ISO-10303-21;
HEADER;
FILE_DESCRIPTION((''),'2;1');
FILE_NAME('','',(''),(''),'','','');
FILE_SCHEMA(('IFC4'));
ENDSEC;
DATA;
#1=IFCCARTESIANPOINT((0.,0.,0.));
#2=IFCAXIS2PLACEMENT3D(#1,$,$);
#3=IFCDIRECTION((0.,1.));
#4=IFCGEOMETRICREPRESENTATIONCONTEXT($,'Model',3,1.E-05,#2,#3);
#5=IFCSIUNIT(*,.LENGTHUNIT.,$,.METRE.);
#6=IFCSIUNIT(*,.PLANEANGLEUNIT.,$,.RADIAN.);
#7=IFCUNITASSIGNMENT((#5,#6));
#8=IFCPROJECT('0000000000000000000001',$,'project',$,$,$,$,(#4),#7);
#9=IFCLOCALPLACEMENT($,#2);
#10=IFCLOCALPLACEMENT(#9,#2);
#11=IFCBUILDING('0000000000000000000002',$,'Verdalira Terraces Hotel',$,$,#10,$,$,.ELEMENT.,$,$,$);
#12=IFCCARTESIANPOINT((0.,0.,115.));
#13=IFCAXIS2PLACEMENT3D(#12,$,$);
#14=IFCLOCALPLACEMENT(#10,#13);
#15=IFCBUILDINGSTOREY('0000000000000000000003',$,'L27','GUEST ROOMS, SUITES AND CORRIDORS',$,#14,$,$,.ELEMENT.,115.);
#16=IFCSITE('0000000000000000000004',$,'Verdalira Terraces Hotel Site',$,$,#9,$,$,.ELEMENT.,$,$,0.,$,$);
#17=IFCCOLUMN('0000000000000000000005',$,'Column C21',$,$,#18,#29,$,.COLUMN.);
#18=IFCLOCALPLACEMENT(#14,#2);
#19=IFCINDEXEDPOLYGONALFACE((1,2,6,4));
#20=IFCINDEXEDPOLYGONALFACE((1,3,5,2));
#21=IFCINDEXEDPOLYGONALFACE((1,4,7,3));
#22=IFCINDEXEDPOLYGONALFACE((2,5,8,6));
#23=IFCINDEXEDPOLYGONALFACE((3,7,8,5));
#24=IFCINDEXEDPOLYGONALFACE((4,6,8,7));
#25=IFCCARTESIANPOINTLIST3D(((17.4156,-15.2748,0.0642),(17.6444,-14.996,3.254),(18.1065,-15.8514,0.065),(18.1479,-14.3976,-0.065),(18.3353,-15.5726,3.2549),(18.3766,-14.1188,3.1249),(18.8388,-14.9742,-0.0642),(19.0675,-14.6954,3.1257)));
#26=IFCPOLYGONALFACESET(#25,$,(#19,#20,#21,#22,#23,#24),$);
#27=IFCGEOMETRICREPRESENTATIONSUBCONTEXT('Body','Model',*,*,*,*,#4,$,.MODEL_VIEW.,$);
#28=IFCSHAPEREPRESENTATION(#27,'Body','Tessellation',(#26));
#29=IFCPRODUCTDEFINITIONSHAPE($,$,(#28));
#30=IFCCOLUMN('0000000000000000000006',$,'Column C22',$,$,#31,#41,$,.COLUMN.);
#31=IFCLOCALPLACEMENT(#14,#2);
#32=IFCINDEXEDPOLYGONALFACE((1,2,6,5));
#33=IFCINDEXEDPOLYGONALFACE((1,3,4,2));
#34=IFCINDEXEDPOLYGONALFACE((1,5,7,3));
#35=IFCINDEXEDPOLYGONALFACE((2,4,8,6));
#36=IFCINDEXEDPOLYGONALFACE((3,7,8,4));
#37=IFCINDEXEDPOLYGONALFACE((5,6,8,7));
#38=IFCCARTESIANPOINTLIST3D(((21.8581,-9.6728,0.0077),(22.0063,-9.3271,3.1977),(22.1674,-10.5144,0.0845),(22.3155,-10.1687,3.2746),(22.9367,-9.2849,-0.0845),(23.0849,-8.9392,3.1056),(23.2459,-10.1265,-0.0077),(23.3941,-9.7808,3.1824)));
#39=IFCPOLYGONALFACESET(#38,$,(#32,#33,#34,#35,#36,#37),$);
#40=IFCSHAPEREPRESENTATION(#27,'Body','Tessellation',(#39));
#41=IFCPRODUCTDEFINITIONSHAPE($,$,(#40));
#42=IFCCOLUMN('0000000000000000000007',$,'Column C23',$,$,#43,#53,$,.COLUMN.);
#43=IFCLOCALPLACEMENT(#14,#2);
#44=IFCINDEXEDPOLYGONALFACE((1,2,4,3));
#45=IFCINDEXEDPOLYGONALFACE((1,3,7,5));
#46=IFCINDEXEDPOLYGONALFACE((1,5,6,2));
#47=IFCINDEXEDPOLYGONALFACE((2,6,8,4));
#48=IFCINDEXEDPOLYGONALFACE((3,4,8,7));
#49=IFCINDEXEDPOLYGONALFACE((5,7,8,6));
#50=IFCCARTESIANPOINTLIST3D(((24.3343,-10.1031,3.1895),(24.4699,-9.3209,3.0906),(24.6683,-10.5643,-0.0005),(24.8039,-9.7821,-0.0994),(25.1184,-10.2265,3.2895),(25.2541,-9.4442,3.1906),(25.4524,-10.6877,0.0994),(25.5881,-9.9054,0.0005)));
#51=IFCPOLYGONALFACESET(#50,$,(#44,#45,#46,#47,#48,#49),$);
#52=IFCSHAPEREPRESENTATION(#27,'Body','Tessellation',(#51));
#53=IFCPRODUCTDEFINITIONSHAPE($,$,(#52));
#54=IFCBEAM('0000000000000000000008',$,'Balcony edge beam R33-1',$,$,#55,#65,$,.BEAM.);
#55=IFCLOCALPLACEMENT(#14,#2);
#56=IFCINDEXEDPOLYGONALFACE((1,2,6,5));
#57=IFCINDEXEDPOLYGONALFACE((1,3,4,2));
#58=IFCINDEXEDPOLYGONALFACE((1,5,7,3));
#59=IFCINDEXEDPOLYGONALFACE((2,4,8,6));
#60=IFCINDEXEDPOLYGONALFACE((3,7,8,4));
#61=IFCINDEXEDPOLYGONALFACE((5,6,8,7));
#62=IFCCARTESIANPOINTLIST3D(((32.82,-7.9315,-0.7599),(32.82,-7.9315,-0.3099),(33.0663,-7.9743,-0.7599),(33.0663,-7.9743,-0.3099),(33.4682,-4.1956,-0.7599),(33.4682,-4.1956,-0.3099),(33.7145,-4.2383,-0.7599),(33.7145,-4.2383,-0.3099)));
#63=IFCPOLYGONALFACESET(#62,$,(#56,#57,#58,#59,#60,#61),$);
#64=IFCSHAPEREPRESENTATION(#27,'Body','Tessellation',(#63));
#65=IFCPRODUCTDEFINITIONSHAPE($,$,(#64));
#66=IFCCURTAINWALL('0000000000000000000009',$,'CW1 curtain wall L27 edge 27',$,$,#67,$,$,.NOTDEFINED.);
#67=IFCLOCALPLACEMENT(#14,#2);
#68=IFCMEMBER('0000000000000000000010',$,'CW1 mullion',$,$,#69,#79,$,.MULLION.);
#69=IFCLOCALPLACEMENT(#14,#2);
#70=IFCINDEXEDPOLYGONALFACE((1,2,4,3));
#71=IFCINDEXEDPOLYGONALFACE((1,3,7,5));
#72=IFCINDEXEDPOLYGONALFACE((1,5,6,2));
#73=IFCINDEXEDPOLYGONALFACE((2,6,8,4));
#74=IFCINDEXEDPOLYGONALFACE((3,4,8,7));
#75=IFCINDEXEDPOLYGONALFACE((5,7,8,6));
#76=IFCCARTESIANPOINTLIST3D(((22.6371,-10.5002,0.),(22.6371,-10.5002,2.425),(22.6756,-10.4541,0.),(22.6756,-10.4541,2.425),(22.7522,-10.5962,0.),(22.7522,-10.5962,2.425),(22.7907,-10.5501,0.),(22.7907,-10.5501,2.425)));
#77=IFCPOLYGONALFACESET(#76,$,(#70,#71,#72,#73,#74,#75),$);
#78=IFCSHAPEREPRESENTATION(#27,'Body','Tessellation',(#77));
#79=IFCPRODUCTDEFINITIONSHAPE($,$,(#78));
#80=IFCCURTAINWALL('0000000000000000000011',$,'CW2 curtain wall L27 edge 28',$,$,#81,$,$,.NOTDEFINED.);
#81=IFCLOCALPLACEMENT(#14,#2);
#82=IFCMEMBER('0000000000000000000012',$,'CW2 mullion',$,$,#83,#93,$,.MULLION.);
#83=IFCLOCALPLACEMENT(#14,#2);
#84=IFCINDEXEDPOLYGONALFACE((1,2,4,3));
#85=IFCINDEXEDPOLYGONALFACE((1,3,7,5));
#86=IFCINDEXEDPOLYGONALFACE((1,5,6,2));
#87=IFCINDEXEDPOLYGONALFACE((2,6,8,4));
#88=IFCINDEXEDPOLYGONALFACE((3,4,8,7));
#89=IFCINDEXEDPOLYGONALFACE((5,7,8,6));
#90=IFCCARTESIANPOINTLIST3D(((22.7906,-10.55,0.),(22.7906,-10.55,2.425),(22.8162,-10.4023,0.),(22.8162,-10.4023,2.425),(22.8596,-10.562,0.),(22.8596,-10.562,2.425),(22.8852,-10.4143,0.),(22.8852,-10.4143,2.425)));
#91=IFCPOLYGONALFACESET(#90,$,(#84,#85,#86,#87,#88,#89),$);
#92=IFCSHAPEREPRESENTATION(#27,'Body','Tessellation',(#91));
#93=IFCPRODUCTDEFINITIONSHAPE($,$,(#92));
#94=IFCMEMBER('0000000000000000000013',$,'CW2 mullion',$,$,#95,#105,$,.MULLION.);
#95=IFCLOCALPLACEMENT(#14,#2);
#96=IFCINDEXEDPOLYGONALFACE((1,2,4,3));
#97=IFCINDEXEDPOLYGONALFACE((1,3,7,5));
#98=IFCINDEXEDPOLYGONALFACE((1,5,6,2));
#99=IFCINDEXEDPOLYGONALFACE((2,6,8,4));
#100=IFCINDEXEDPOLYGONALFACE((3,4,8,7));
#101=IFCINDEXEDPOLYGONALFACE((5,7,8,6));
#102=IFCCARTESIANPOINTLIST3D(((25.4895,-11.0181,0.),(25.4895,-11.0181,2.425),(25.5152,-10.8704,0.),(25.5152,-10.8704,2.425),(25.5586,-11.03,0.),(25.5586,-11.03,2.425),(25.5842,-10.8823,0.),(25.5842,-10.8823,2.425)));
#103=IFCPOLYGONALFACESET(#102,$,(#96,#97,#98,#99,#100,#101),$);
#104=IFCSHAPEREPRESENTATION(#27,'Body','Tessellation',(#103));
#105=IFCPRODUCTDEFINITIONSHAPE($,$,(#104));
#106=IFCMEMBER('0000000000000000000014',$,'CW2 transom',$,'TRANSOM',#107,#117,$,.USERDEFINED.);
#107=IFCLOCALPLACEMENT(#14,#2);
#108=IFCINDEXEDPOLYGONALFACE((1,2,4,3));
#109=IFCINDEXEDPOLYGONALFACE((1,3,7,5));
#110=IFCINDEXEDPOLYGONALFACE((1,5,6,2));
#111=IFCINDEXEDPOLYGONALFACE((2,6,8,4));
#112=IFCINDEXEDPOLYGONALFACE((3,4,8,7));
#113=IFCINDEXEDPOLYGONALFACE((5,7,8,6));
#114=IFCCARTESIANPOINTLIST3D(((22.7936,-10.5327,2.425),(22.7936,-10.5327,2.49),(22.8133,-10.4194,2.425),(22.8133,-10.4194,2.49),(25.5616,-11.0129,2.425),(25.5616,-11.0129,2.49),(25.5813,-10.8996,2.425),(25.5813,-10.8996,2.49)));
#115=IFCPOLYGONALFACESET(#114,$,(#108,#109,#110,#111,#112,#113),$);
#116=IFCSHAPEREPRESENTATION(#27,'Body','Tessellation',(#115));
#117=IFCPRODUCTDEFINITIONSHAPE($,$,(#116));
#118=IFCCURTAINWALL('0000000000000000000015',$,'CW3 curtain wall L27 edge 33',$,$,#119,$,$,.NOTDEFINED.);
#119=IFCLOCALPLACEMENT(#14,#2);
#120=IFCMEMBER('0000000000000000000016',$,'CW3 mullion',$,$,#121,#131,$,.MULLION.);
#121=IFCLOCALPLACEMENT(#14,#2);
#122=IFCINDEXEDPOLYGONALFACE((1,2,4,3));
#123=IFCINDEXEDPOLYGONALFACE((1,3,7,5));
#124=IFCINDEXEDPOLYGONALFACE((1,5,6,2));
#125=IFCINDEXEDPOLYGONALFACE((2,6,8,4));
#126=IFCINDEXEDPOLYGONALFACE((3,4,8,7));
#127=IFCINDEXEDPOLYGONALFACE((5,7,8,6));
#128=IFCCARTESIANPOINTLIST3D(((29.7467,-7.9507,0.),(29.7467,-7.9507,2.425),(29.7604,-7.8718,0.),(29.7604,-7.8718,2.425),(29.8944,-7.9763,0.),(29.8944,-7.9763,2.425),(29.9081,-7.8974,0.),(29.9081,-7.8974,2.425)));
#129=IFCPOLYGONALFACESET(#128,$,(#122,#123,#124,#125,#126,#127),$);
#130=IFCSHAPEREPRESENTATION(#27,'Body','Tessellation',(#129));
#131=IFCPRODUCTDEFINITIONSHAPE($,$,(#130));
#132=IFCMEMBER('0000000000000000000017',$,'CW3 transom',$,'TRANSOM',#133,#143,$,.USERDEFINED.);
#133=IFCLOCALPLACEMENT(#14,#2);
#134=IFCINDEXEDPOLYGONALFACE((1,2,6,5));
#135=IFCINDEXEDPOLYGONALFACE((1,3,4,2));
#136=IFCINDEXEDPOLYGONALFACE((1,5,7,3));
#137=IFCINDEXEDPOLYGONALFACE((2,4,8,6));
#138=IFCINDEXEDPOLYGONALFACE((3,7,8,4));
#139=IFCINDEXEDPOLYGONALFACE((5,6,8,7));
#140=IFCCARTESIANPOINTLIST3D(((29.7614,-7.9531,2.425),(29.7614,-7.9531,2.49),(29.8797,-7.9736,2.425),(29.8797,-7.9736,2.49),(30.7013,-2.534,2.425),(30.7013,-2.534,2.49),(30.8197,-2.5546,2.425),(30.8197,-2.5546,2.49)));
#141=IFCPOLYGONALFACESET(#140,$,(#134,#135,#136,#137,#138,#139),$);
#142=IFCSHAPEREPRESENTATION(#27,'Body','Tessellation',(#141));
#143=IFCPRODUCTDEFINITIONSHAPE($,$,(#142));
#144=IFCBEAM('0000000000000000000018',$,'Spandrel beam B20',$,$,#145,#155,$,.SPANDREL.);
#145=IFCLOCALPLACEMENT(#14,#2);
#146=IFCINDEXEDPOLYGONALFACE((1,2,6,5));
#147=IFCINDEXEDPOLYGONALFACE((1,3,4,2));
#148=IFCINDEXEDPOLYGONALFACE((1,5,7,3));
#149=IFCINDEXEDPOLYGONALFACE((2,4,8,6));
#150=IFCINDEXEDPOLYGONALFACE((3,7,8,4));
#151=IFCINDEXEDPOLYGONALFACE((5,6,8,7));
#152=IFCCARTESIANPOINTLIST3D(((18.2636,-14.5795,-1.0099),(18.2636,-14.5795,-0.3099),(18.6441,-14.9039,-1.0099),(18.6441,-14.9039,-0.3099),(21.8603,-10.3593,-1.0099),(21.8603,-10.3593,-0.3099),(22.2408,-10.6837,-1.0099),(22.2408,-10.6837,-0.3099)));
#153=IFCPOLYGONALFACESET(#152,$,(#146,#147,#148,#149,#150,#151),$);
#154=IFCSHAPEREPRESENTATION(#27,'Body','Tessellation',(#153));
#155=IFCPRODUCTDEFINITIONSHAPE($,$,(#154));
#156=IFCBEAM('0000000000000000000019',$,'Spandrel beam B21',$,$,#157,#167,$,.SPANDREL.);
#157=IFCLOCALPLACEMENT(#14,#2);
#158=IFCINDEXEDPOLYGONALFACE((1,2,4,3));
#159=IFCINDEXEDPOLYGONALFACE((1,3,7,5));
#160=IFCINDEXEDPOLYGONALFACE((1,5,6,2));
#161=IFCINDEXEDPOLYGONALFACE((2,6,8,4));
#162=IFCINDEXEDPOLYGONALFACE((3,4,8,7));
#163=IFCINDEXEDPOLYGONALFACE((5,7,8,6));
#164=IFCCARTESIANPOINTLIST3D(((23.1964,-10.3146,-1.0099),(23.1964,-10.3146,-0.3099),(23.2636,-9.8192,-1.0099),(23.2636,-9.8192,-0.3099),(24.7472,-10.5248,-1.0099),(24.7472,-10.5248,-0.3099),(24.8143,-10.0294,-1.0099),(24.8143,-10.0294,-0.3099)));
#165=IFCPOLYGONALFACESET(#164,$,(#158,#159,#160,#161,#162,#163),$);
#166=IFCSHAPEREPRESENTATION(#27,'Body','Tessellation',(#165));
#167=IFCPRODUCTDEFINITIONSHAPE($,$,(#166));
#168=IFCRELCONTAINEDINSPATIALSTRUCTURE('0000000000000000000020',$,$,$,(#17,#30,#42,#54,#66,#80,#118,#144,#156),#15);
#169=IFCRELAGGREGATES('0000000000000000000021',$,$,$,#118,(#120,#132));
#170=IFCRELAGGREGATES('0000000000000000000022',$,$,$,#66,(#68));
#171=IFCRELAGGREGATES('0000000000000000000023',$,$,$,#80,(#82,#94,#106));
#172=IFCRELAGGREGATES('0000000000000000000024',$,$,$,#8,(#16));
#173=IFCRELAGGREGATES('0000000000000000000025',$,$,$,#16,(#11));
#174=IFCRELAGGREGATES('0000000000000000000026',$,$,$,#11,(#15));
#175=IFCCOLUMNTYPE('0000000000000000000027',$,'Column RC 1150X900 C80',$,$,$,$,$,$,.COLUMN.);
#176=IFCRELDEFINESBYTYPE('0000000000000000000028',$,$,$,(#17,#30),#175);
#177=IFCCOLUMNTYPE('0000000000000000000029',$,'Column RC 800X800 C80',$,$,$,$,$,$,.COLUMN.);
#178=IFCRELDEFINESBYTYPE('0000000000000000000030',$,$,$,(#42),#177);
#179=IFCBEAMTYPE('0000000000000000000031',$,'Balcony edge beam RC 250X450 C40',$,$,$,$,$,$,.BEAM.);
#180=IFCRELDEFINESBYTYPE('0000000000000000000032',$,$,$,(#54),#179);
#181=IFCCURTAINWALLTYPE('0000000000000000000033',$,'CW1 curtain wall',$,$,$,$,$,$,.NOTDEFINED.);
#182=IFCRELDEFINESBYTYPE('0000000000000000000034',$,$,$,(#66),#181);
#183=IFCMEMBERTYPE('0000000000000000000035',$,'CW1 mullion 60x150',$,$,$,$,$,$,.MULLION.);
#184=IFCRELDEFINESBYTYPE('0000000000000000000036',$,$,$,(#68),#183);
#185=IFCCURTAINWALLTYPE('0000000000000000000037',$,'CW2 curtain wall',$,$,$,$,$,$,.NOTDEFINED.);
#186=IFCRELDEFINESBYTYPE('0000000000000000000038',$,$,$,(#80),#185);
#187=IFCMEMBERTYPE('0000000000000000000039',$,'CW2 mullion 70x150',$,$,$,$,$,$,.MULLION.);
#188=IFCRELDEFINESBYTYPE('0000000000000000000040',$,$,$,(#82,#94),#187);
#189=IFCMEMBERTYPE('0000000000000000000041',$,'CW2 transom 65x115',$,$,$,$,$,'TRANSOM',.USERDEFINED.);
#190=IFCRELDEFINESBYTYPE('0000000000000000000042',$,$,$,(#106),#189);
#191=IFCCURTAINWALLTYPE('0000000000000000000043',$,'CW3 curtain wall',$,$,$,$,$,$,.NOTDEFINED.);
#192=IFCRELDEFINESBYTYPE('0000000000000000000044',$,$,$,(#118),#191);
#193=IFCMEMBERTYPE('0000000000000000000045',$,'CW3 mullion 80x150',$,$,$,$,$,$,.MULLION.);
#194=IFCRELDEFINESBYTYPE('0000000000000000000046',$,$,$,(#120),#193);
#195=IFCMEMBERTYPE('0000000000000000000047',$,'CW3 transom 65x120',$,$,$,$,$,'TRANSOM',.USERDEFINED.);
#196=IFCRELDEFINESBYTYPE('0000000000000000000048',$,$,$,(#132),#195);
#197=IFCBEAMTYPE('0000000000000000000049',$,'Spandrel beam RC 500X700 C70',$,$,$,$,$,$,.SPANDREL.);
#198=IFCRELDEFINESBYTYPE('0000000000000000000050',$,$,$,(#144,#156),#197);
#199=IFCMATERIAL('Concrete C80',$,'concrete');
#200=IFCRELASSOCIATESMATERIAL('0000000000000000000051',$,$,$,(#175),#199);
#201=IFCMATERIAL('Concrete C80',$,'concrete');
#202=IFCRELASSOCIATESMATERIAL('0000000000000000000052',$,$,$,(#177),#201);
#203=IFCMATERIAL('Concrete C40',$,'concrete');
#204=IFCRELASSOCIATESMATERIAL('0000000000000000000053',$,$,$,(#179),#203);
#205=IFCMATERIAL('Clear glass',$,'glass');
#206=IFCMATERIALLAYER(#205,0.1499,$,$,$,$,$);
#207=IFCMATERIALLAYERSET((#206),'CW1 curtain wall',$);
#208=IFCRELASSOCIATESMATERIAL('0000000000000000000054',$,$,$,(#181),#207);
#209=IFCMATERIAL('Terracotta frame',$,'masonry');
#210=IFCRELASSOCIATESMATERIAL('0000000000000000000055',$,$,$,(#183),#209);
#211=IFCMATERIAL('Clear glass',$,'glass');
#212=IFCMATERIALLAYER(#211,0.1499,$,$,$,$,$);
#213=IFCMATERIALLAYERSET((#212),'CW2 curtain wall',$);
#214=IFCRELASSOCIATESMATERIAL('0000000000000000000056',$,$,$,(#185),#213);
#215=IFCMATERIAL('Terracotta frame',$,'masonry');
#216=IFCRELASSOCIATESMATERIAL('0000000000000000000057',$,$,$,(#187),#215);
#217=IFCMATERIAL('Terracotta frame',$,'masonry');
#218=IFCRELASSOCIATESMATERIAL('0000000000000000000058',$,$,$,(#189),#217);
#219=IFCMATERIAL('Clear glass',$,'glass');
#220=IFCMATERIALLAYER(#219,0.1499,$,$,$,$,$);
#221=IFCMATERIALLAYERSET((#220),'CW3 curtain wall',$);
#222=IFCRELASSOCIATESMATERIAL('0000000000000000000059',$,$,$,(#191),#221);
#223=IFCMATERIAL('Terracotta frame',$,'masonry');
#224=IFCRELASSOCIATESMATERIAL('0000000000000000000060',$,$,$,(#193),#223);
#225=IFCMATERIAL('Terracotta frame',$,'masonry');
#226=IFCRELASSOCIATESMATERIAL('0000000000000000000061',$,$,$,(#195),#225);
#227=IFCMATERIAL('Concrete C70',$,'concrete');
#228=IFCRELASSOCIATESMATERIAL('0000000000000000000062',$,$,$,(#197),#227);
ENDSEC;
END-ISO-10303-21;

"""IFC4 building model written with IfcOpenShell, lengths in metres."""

from ifc_helpers import new_model, si_unit, direction, frame, origin, origin_2d, place, context, subcontext, project, spatial, rectangle, extrude, material, layer, layer_set, material_profile, profile_set, type_object, element, aggregate, save


model = new_model("IFC4")

# Units and contexts
model_context = context("Model", 3, precision=1e-05, world=origin(), true_north=direction((0.0, 1.0)))
body_context = subcontext(model_context, "Body", "Model", "MODEL_VIEW")
ifc_project = project(units=[si_unit("LENGTHUNIT", "METRE"), si_unit("PLANEANGLEUNIT", "RADIAN")], contexts=[model_context])

# Site, building, storey
site_placement = place(None, origin())
site = spatial("IfcSite", under=ifc_project, at=site_placement, Name="Verdalira Terraces Hotel Site", CompositionType="ELEMENT", RefElevation=0.0)
building_placement = place(site_placement, origin())
building = spatial("IfcBuilding", under=site, at=building_placement, Name="Verdalira Terraces Hotel", CompositionType="ELEMENT")
storey_placement = place(building_placement, frame((0.0, 0.0, 115.0)))
storey = spatial("IfcBuildingStorey", under=building, at=storey_placement, Name="L27", Description="GUEST ROOMS, SUITES AND CORRIDORS", CompositionType="ELEMENT", Elevation=115.0)

# Columns
ifc_material_1 = material(Name="Concrete C80", Category="concrete")
ifc_material_profile_1 = material_profile(ifc_material_1, rectangle(XDim=1.1499, YDim=0.8999, at=origin_2d()), Name="RC 1150X900")
ifc_profile_set_1 = profile_set([ifc_material_profile_1], Name="Concrete C80")
column_type_1 = type_object("IfcColumnType", Name="Column RC 1150X900 C80", PredefinedType="COLUMN", material=ifc_profile_set_1)
column_1_placement = place(storey_placement, frame((18.1272, -15.1245, 0.0), z_axis=(0.071259, 0.086849, 0.99367), x_axis=(0.636787, 0.762813, -0.112337)))
element("IfcColumn", 1, at=column_1_placement, inside=storey, type_object=column_type_1, Name="Column C21", PredefinedType="COLUMN", context=body_context, shape_type="SweptSolid", body=[
    extrude(rectangle(XDim=1.1499, YDim=0.8999, at=origin_2d()), origin(), (0.0, 0.0, 1.0), 3.2102),
])
column_2_placement = place(storey_placement, frame((22.552, -9.8997, 0.0), z_axis=(0.046137, 0.107627, 0.99312), x_axis=(-0.93796, -0.337355, 0.080134)))
element("IfcColumn", 2, at=column_2_placement, inside=storey, type_object=column_type_1, Name="Column C22", PredefinedType="COLUMN", context=body_context, shape_type="SweptSolid", body=[
    extrude(rectangle(XDim=1.1499, YDim=0.8999, at=origin_2d()), origin(), (0.0, 0.0, 1.0), 3.2122),
])
ifc_material_2 = material(Name="Concrete C80", Category="concrete")
ifc_material_profile_2 = material_profile(ifc_material_2, rectangle(XDim=0.8, YDim=0.8, at=origin_2d()), Name="RC 800X800")
ifc_profile_set_2 = profile_set([ifc_material_profile_2], Name="Concrete C80")
column_type_2 = type_object("IfcColumnType", Name="Column RC 800X800 C80", PredefinedType="COLUMN", material=ifc_profile_set_2)
column_3_placement = place(storey_placement, frame((25.1282, -10.2349, 0.0), z_axis=(-0.10307, 0.142324, 0.984439), x_axis=(0.980113, -0.154192, 0.124909)))
element("IfcColumn", 3, at=column_3_placement, inside=storey, type_object=column_type_2, Name="Column C23", PredefinedType="COLUMN", context=body_context, shape_type="SweptSolid", body=[
    extrude(rectangle(XDim=0.8, YDim=0.8, at=origin_2d()), origin(), (0.0, 0.0, 1.0), 3.2405),
])

# Beam
ifc_material_3 = material(Name="Concrete C40", Category="concrete")
ifc_material_profile_3 = material_profile(ifc_material_3, rectangle(XDim=0.25, YDim=0.45, at=origin_2d()), Name="RC 250X450")
ifc_profile_set_3 = profile_set([ifc_material_profile_3], Name="Concrete C40")
beam_type_1 = type_object("IfcBeamType", Name="Balcony edge beam RC 250X450 C40", PredefinedType="BEAM", material=ifc_profile_set_3)
beam_1_placement = place(storey_placement, frame((32.9431, -7.9529, -0.5349), z_axis=(0.170953, 0.985279, 0.0), x_axis=(-0.985279, 0.170953, 0.0)))
element("IfcBeam", 4, at=beam_1_placement, inside=storey, type_object=beam_type_1, Name="Balcony edge beam R33-1", PredefinedType="BEAM", context=body_context, shape_type="SweptSolid", body=[
    extrude(rectangle(XDim=0.25, YDim=0.45, at=origin_2d()), origin(), (0.0, 0.0, 1.0), 3.7917),
])

# Curtain wall, member
ifc_material_4 = material(Name="Clear glass", Category="glass")
ifc_layer_1 = layer(ifc_material_4, 0.1499)
ifc_layer_set_1 = layer_set([ifc_layer_1], Name="CW1 curtain wall")
curtain_wall_type_1 = type_object("IfcCurtainWallType", Name="CW1 curtain wall", PredefinedType="NOTDEFINED", material=ifc_layer_set_1)
curtain_wall_1_placement = place(storey_placement, origin())
curtain_wall_1 = element("IfcCurtainWall", 5, at=curtain_wall_1_placement, inside=storey, type_object=curtain_wall_type_1, Name="CW1 curtain wall L27 edge 27", PredefinedType="NOTDEFINED")
ifc_material_5 = material(Name="Terracotta frame", Category="masonry")
ifc_material_profile_4 = material_profile(ifc_material_5, rectangle(XDim=0.0601, YDim=0.1499, at=origin_2d()), Name="MU 60x150")
ifc_profile_set_4 = profile_set([ifc_material_profile_4], Name="Terracotta frame")
member_type_1 = type_object("IfcMemberType", Name="CW1 mullion 60x150", PredefinedType="MULLION", material=ifc_profile_set_4)
member_1_placement = place(storey_placement, frame((22.7139, -10.5251, 0.0), z_axis=(0.0, 0.0, 1.0), x_axis=(0.640646, 0.767836, 0.0)))
member_1 = element("IfcMember", 6, at=member_1_placement, type_object=member_type_1, Name="CW1 mullion", PredefinedType="MULLION", context=body_context, shape_type="SweptSolid", body=[
    extrude(rectangle(XDim=0.0601, YDim=0.1499, at=origin_2d()), origin(), (0.0, 0.0, 1.0), 2.425),
])

# Curtain walls, members
ifc_material_6 = material(Name="Clear glass", Category="glass")
ifc_layer_2 = layer(ifc_material_6, 0.1499)
ifc_layer_set_2 = layer_set([ifc_layer_2], Name="CW2 curtain wall")
curtain_wall_type_2 = type_object("IfcCurtainWallType", Name="CW2 curtain wall", PredefinedType="NOTDEFINED", material=ifc_layer_set_2)
curtain_wall_2_placement = place(storey_placement, origin())
curtain_wall_2 = element("IfcCurtainWall", 7, at=curtain_wall_2_placement, inside=storey, type_object=curtain_wall_type_2, Name="CW2 curtain wall L27 edge 28", PredefinedType="NOTDEFINED")
ifc_material_7 = material(Name="Terracotta frame", Category="masonry")
ifc_material_profile_5 = material_profile(ifc_material_7, rectangle(XDim=0.0701, YDim=0.1499, at=origin_2d()), Name="MU 70x150")
ifc_profile_set_5 = profile_set([ifc_material_profile_5], Name="Terracotta frame")
member_type_2 = type_object("IfcMemberType", Name="CW2 mullion 70x150", PredefinedType="MULLION", material=ifc_profile_set_5)
member_2_placement = place(storey_placement, frame((22.8379, -10.4822, 0.0), z_axis=(0.0, 0.0, 1.0), x_axis=(0.985289, -0.170897, 0.0)))
member_2 = element("IfcMember", 8, at=member_2_placement, type_object=member_type_2, Name="CW2 mullion", PredefinedType="MULLION", context=body_context, shape_type="SweptSolid", body=[
    extrude(rectangle(XDim=0.0701, YDim=0.1499, at=origin_2d()), origin(), (0.0, 0.0, 1.0), 2.425),
])
member_3_placement = place(storey_placement, frame((25.5369, -10.9502, 0.0), z_axis=(0.0, 0.0, 1.0), x_axis=(0.985289, -0.170897, 0.0)))
member_3 = element("IfcMember", 9, at=member_3_placement, type_object=member_type_2, Name="CW2 mullion", PredefinedType="MULLION", context=body_context, shape_type="SweptSolid", body=[
    extrude(rectangle(XDim=0.0701, YDim=0.1499, at=origin_2d()), origin(), (0.0, 0.0, 1.0), 2.425),
])
ifc_material_8 = material(Name="Terracotta frame", Category="masonry")
ifc_material_profile_6 = material_profile(ifc_material_8, rectangle(XDim=0.115, YDim=0.0649, at=origin_2d()), Name="TR 65x115")
ifc_profile_set_6 = profile_set([ifc_material_profile_6], Name="Terracotta frame")
member_type_3 = type_object("IfcMemberType", Name="CW2 transom 65x115", ElementType="TRANSOM", PredefinedType="USERDEFINED", material=ifc_profile_set_6)
member_4_placement = place(storey_placement, frame((22.8035, -10.4761, 2.4575), z_axis=(0.985282, -0.170934, 0.0), x_axis=(0.170934, 0.985282, 0.0)))
member_4 = element("IfcMember", 10, at=member_4_placement, type_object=member_type_3, Name="CW2 transom", ObjectType="TRANSOM", PredefinedType="USERDEFINED", context=body_context, shape_type="SweptSolid", body=[
    extrude(rectangle(XDim=0.115, YDim=0.0649, at=origin_2d()), origin(), (0.0, 0.0, 1.0), 2.8093),
])
ifc_material_9 = material(Name="Clear glass", Category="glass")
ifc_layer_3 = layer(ifc_material_9, 0.1499)
ifc_layer_set_3 = layer_set([ifc_layer_3], Name="CW3 curtain wall")
curtain_wall_type_3 = type_object("IfcCurtainWallType", Name="CW3 curtain wall", PredefinedType="NOTDEFINED", material=ifc_layer_set_3)
curtain_wall_3_placement = place(storey_placement, origin())
curtain_wall_3 = element("IfcCurtainWall", 11, at=curtain_wall_3_placement, inside=storey, type_object=curtain_wall_type_3, Name="CW3 curtain wall L27 edge 33", PredefinedType="NOTDEFINED")
ifc_material_10 = material(Name="Terracotta frame", Category="masonry")
ifc_material_profile_7 = material_profile(ifc_material_10, rectangle(XDim=0.0801, YDim=0.1499, at=origin_2d()), Name="MU 80x150")
ifc_profile_set_7 = profile_set([ifc_material_profile_7], Name="Terracotta frame")
member_type_4 = type_object("IfcMemberType", Name="CW3 mullion 80x150", PredefinedType="MULLION", material=ifc_profile_set_7)
member_5_placement = place(storey_placement, frame((29.8274, -7.9241, 0.0), z_axis=(0.0, 0.0, 1.0), x_axis=(0.170897, 0.985289, 0.0)))
member_5 = element("IfcMember", 12, at=member_5_placement, type_object=member_type_4, Name="CW3 mullion", PredefinedType="MULLION", context=body_context, shape_type="SweptSolid", body=[
    extrude(rectangle(XDim=0.0801, YDim=0.1499, at=origin_2d()), origin(), (0.0, 0.0, 1.0), 2.425),
])
ifc_material_11 = material(Name="Terracotta frame", Category="masonry")
ifc_material_profile_8 = material_profile(ifc_material_11, rectangle(XDim=0.1201, YDim=0.0649, at=origin_2d()), Name="TR 65x120")
ifc_profile_set_8 = profile_set([ifc_material_profile_8], Name="Terracotta frame")
member_type_5 = type_object("IfcMemberType", Name="CW3 transom 65x120", ElementType="TRANSOM", PredefinedType="USERDEFINED", material=ifc_profile_set_8)
member_6_placement = place(storey_placement, frame((29.8206, -7.9634, 2.4575), z_axis=(0.170895, 0.985289, 0.0), x_axis=(-0.985289, 0.170895, 0.0)))
member_6 = element("IfcMember", 13, at=member_6_placement, type_object=member_type_5, Name="CW3 transom", ObjectType="TRANSOM", PredefinedType="USERDEFINED", context=body_context, shape_type="SweptSolid", body=[
    extrude(rectangle(XDim=0.1201, YDim=0.0649, at=origin_2d()), origin(), (0.0, 0.0, 1.0), 5.5),
])
aggregate(curtain_wall_3, [member_5, member_6])

# Beams
ifc_material_12 = material(Name="Concrete C70", Category="concrete")
ifc_material_profile_9 = material_profile(ifc_material_12, rectangle(XDim=0.5, YDim=0.7, at=origin_2d()), Name="RC 500X700")
ifc_profile_set_9 = profile_set([ifc_material_profile_9], Name="Concrete C70")
beam_type_2 = type_object("IfcBeamType", Name="Spandrel beam RC 500X700 C70", PredefinedType="SPANDREL", material=ifc_profile_set_9)
beam_2_placement = place(storey_placement, frame((18.4539, -14.7417, -0.6599), z_axis=(0.648642, 0.761093, 0.0), x_axis=(-0.761093, 0.648642, 0.0)))
element("IfcBeam", 14, at=beam_2_placement, inside=storey, type_object=beam_type_2, Name="Spandrel beam B20", PredefinedType="SPANDREL", context=body_context, shape_type="SweptSolid", body=[
    extrude(rectangle(XDim=0.5, YDim=0.7, at=origin_2d()), origin(), (0.0, 0.0, 1.0), 5.5449),
])
beam_3_placement = place(storey_placement, frame((23.23, -10.0669, -0.6599), z_axis=(0.990938, -0.13432, 0.0), x_axis=(0.13432, 0.990938, 0.0)))
element("IfcBeam", 15, at=beam_3_placement, inside=storey, type_object=beam_type_2, Name="Spandrel beam B21", PredefinedType="SPANDREL", context=body_context, shape_type="SweptSolid", body=[
    extrude(rectangle(XDim=0.5, YDim=0.7, at=origin_2d()), origin(), (0.0, 0.0, 1.0), 1.5649),
])

aggregate(curtain_wall_1, [member_1])
aggregate(curtain_wall_2, [member_2, member_3, member_4])

save(model, "model.ifc")
